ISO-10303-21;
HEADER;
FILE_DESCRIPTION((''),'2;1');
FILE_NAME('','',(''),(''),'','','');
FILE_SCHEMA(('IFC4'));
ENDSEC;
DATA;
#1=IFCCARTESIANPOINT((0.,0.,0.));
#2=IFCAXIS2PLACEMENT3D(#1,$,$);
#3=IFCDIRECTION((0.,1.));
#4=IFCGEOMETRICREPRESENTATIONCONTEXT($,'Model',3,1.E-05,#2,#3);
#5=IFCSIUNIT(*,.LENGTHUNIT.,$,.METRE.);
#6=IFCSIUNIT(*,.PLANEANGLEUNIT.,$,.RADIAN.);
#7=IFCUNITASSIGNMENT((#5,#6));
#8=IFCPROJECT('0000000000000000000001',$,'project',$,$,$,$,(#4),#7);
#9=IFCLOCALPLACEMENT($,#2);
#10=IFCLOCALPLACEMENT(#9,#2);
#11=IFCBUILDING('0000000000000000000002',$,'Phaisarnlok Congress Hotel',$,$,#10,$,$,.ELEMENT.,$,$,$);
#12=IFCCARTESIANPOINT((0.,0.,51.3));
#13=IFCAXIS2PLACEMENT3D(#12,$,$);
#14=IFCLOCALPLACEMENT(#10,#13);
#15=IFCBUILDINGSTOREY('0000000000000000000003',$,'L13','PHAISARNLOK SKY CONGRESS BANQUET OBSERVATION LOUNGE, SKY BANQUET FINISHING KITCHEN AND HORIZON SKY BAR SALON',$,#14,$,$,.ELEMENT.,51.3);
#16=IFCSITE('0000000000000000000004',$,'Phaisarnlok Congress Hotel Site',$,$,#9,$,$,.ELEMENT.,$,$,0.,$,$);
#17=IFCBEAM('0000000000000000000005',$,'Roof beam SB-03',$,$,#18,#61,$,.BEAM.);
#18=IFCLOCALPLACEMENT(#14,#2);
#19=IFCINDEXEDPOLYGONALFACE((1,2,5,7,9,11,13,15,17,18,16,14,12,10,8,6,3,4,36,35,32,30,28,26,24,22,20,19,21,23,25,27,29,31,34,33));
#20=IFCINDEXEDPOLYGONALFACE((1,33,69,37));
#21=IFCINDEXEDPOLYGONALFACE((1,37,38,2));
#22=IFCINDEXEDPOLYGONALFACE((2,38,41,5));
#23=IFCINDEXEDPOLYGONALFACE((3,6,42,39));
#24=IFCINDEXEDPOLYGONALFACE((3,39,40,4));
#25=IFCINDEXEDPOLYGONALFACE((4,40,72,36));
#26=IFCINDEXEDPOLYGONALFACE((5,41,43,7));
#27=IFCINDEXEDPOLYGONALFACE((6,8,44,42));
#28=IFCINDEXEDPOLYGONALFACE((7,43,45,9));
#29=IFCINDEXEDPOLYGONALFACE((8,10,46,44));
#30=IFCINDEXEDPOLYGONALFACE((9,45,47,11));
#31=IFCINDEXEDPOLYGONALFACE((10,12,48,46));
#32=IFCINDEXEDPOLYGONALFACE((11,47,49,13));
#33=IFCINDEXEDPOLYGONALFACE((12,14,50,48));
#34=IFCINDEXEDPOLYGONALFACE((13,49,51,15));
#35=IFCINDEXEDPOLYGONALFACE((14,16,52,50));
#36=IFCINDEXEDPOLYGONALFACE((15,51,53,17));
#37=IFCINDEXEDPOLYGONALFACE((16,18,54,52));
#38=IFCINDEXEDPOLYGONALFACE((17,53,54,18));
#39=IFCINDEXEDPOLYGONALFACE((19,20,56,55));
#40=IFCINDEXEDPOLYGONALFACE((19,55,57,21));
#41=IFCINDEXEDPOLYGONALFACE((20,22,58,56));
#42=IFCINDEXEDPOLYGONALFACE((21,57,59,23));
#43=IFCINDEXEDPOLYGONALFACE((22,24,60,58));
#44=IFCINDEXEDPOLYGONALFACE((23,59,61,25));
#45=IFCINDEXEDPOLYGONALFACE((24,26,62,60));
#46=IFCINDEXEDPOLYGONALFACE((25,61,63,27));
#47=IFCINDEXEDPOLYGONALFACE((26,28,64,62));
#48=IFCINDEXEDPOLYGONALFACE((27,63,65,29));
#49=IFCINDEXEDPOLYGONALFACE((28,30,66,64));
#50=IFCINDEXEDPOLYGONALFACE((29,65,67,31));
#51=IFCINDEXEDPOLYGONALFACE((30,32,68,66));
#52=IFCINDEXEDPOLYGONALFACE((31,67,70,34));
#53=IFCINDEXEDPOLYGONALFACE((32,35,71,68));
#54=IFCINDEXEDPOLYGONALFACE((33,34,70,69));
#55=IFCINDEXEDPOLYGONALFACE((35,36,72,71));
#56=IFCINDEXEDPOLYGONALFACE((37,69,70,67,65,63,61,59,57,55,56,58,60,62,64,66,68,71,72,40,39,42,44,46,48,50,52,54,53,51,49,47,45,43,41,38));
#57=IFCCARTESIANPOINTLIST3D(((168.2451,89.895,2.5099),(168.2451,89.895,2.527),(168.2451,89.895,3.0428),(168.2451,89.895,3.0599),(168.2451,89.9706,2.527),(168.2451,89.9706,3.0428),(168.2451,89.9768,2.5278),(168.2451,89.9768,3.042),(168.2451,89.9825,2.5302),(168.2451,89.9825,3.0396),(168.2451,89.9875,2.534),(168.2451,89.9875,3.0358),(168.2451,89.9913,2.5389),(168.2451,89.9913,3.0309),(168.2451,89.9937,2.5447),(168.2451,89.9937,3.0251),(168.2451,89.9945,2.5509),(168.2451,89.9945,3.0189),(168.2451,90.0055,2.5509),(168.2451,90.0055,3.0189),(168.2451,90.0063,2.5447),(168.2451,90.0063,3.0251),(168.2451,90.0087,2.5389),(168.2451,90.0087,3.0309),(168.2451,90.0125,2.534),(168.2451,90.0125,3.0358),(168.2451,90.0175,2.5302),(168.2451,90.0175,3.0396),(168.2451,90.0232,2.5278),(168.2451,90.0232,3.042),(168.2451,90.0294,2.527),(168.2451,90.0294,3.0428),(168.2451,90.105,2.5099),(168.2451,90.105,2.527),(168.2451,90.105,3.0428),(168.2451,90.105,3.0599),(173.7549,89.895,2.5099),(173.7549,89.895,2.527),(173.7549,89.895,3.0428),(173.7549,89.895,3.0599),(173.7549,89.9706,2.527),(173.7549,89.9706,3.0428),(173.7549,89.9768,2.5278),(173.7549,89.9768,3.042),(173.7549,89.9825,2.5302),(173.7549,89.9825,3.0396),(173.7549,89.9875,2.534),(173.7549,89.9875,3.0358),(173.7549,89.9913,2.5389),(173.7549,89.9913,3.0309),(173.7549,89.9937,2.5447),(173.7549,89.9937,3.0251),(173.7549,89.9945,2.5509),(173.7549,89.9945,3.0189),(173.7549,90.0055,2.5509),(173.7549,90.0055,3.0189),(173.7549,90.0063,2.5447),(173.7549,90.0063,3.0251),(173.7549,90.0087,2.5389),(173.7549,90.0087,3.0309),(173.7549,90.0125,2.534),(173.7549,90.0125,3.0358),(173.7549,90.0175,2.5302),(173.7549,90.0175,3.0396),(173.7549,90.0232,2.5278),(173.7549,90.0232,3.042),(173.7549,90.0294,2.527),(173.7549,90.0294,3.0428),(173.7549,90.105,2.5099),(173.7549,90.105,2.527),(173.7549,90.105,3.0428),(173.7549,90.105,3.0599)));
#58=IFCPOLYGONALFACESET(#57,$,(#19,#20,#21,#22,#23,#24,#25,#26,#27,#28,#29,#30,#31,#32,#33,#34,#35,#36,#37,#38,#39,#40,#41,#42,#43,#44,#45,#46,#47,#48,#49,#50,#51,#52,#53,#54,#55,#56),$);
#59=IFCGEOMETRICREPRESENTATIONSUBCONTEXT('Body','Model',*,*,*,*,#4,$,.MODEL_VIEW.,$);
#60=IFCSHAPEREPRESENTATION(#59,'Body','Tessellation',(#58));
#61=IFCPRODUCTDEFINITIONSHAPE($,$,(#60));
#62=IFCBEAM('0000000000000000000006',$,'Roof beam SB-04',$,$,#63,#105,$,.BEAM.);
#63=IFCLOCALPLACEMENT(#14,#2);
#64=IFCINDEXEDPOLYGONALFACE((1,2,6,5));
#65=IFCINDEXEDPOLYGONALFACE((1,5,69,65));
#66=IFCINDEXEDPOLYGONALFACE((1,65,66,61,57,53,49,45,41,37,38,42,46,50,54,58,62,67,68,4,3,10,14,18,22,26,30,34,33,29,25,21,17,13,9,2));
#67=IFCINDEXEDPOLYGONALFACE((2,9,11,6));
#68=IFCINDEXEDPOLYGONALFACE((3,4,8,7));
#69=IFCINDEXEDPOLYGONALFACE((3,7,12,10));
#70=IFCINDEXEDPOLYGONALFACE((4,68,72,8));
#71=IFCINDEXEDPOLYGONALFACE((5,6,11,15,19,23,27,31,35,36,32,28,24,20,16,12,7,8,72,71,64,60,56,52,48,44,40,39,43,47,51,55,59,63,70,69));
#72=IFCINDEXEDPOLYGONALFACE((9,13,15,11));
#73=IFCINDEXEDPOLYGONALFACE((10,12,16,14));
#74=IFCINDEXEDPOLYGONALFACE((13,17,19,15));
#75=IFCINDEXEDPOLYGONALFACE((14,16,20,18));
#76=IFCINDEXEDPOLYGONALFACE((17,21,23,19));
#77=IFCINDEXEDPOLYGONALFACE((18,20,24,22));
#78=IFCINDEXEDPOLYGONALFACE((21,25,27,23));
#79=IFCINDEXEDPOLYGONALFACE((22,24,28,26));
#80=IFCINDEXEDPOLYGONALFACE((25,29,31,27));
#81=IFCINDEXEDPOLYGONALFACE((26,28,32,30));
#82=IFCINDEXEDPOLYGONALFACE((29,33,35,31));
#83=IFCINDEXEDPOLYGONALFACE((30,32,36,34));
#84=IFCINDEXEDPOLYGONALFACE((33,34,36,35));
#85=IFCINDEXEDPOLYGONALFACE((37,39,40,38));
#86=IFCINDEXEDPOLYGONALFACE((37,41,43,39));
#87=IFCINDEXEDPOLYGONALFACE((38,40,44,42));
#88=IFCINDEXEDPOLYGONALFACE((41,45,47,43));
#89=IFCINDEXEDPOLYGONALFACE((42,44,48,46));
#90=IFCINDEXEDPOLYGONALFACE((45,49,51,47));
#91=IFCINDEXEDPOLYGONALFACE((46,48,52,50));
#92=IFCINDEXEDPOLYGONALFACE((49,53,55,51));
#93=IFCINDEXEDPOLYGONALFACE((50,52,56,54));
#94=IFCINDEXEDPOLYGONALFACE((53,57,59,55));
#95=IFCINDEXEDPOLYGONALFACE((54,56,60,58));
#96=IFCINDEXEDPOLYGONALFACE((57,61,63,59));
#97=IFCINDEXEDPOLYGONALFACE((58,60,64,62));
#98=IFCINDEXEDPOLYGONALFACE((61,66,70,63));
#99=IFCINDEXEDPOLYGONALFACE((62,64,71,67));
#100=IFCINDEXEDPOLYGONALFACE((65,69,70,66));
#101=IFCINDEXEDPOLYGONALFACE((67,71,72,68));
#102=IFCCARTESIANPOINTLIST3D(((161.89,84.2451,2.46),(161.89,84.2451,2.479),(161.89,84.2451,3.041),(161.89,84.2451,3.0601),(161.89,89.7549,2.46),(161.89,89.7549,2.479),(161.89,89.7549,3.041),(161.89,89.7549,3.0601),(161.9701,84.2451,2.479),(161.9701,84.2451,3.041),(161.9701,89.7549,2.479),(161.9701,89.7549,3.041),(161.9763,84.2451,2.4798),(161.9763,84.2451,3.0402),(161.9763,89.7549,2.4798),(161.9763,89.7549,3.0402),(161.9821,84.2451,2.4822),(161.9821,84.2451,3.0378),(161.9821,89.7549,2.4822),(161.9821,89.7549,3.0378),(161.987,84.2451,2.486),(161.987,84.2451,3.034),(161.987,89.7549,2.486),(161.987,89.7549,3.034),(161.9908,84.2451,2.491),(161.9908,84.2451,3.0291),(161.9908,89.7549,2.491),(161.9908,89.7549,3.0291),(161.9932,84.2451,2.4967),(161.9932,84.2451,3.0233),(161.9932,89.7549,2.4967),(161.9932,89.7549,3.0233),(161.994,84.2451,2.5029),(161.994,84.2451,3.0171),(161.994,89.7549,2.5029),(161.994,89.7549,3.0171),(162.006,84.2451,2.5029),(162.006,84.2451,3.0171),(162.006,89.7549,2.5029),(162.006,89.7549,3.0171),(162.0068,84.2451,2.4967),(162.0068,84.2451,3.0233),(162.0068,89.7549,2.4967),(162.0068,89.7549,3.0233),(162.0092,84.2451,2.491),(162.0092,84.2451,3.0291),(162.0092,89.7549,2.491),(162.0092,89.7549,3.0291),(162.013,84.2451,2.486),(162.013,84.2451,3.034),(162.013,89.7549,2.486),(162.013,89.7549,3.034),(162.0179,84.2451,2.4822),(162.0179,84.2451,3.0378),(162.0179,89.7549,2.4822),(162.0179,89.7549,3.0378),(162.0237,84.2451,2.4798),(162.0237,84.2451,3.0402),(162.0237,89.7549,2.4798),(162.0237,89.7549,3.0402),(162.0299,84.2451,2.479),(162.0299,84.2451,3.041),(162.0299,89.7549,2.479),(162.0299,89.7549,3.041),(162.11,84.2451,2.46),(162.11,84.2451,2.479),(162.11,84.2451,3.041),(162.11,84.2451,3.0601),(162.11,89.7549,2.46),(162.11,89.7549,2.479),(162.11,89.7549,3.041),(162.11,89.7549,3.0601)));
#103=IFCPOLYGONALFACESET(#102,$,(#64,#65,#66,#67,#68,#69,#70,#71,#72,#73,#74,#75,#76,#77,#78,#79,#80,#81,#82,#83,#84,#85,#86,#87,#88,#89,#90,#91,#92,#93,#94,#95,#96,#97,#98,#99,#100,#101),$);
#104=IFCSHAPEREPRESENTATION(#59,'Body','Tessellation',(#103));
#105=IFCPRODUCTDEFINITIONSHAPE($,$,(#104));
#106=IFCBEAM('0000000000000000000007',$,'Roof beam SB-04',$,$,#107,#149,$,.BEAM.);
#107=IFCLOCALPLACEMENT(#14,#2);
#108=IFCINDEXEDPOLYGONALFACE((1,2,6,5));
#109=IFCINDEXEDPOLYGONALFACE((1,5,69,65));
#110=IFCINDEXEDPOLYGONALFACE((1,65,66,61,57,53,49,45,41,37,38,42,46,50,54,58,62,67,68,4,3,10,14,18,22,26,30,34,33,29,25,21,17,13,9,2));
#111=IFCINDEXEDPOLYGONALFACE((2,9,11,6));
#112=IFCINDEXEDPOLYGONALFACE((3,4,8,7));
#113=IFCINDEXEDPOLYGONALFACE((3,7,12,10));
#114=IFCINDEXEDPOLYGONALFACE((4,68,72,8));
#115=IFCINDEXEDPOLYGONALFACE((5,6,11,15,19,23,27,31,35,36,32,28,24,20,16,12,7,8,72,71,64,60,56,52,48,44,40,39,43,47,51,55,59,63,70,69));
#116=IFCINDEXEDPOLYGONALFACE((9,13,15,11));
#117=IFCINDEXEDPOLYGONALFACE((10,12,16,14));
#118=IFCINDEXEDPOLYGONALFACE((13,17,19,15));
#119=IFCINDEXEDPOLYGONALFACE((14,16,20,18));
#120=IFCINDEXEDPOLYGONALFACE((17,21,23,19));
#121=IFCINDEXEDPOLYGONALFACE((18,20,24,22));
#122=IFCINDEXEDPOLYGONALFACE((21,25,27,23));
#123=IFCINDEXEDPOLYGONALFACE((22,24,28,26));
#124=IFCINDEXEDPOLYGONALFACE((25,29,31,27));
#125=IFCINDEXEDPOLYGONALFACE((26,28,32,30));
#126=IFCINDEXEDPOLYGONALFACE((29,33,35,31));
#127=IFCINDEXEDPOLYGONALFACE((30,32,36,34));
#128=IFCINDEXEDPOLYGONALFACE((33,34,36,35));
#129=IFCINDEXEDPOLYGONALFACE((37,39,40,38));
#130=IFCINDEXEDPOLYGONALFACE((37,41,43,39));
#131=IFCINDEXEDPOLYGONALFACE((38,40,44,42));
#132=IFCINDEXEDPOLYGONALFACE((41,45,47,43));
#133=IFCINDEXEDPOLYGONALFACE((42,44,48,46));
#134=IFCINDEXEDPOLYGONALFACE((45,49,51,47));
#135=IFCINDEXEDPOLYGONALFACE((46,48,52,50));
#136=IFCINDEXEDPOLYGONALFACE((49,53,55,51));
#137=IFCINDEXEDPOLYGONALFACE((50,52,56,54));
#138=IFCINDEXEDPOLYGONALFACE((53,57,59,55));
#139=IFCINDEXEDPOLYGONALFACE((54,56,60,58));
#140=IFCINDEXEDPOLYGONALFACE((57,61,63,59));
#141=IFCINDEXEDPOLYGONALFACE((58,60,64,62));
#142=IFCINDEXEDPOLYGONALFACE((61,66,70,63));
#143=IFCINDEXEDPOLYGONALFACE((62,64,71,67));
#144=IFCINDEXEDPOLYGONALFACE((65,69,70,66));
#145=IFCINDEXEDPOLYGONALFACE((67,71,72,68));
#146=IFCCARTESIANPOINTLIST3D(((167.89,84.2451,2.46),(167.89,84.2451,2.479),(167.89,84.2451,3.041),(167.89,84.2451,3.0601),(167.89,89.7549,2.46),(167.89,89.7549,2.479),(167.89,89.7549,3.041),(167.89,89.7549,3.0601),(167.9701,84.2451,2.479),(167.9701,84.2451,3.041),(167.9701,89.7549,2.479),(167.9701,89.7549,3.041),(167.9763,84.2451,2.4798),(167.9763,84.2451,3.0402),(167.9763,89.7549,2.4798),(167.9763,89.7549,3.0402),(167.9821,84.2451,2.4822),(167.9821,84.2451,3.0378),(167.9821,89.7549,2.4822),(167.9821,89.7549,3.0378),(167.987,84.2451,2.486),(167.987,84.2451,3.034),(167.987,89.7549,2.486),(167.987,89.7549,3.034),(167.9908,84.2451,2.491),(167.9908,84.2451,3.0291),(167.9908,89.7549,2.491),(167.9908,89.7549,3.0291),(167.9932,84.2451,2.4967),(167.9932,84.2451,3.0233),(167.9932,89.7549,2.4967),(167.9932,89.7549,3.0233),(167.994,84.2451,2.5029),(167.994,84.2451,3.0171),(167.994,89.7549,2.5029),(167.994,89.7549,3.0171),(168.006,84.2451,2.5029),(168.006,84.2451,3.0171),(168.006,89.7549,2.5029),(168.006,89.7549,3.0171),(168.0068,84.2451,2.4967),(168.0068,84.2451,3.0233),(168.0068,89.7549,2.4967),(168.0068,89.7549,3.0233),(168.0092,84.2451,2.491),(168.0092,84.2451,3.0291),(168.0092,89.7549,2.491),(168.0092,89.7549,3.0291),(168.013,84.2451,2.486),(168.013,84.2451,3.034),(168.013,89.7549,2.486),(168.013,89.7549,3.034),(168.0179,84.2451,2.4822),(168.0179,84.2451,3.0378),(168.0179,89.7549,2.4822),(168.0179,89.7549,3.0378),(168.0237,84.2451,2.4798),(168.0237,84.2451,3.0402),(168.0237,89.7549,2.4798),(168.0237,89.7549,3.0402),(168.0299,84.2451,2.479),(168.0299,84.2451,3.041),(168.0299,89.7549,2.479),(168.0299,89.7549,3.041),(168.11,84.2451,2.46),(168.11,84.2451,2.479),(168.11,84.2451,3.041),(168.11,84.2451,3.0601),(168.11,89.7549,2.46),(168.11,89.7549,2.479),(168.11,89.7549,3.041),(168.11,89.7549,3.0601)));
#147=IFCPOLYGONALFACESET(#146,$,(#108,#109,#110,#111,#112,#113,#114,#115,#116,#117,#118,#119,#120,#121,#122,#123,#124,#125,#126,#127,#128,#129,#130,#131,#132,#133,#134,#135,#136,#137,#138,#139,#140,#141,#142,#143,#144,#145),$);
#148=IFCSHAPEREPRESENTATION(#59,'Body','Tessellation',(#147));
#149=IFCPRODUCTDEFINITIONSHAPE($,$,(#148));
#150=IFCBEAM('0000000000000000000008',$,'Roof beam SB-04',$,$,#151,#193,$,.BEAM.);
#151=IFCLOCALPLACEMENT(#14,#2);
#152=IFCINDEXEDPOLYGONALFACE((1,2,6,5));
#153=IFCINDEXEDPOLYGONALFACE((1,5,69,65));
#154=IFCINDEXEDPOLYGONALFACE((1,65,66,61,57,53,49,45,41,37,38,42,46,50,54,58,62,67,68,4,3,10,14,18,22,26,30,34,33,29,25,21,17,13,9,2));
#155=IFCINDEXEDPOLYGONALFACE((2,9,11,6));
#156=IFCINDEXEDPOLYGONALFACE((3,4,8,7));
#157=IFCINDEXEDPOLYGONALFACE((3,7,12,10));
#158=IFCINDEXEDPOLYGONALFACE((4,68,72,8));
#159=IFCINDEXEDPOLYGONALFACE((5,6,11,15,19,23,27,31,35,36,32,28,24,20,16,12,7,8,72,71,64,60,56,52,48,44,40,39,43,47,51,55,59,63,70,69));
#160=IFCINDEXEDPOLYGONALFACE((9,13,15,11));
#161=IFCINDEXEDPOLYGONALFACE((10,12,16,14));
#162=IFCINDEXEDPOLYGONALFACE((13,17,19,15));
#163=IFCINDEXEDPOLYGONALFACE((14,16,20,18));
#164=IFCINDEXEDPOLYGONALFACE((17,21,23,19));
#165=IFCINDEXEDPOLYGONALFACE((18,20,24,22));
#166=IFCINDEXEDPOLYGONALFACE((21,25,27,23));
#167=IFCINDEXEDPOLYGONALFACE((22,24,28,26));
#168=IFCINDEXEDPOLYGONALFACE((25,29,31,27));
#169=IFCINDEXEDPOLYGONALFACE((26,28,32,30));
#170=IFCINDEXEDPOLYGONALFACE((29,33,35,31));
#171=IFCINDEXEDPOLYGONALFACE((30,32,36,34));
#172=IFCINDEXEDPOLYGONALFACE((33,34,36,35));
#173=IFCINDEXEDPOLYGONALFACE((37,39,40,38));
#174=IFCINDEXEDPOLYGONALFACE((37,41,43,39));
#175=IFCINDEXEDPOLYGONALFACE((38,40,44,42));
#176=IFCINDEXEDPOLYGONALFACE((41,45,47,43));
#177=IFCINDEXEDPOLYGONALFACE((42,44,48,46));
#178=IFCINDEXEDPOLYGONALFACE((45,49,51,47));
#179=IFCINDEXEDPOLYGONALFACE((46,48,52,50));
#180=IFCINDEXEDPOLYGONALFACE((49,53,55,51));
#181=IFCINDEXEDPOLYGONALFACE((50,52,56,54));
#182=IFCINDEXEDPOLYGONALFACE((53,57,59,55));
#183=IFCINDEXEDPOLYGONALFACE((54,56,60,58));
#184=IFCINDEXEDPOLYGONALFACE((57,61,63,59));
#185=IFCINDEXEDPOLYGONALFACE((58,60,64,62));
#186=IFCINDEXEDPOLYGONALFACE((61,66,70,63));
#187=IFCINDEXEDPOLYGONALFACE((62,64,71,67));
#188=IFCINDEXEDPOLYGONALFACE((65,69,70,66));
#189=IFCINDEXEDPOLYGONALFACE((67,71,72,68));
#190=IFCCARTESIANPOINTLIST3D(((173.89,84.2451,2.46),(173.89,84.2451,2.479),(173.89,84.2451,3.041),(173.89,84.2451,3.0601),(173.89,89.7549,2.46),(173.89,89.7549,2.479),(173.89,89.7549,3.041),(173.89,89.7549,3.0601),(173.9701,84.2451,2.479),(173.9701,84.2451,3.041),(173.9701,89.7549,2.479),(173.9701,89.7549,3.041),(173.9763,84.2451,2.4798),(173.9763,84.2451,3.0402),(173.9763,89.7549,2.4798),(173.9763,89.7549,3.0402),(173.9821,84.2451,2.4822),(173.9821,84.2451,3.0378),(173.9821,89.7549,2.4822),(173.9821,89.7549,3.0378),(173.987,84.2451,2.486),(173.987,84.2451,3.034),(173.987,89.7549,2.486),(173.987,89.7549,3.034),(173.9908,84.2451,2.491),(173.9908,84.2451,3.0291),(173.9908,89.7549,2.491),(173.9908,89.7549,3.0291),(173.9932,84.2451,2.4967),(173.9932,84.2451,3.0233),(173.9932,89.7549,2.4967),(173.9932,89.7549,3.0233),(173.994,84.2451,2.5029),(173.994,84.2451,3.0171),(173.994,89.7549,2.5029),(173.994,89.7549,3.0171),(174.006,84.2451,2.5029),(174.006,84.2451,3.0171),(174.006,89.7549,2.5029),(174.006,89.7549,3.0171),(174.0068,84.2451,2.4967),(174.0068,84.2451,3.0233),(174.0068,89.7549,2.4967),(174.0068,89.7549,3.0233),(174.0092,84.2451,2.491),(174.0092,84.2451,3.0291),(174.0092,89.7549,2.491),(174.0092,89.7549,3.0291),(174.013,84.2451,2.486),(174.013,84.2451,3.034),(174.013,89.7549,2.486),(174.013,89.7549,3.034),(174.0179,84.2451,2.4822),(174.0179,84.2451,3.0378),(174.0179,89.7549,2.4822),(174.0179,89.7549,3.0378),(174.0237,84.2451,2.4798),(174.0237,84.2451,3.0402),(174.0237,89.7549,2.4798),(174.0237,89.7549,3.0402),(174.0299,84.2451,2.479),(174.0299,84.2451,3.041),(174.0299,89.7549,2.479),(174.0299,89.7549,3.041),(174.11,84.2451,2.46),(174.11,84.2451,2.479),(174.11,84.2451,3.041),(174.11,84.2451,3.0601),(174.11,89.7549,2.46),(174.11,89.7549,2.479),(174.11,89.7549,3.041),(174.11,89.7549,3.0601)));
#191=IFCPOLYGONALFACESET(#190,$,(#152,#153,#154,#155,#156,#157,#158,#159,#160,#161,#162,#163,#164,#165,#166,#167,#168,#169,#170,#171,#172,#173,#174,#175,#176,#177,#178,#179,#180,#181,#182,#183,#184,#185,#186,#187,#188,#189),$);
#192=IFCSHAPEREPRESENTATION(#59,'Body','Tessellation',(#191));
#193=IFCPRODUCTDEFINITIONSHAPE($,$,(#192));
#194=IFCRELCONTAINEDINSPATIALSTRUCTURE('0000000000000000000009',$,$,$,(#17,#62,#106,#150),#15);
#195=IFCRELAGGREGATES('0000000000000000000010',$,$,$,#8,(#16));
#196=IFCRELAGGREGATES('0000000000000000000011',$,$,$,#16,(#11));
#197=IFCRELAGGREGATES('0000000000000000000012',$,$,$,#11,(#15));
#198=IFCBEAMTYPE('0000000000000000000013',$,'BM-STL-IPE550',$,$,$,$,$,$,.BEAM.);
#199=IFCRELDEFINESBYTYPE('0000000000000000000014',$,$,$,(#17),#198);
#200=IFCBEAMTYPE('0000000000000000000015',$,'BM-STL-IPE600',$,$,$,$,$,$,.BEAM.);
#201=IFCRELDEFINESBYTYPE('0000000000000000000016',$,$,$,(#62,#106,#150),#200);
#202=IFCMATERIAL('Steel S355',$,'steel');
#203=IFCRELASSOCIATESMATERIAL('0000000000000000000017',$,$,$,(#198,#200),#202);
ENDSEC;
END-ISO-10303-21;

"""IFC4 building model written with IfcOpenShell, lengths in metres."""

from ifc_helpers import new_model, si_unit, direction, frame, origin, origin_2d, place, context, subcontext, project, spatial, i_section, extrude, material, material_profile, profile_set, type_object, element, save


model = new_model("IFC4")

# Units and contexts
model_context = context("Model", 3, precision=1e-05, world=origin(), true_north=direction((0.0, 1.0)))
body_context = subcontext(model_context, "Body", "Model", "MODEL_VIEW")
ifc_project = project(units=[si_unit("LENGTHUNIT", "METRE"), si_unit("PLANEANGLEUNIT", "RADIAN")], contexts=[model_context])

# Site, building, storey
site_placement = place(None, origin())
site = spatial("IfcSite", under=ifc_project, at=site_placement, Name="Phaisarnlok Congress Hotel Site", CompositionType="ELEMENT", RefElevation=0.0)
building_placement = place(site_placement, origin())
building = spatial("IfcBuilding", under=site, at=building_placement, Name="Phaisarnlok Congress Hotel", CompositionType="ELEMENT")
storey_placement = place(building_placement, frame((0.0, 0.0, 51.3)))
storey = spatial("IfcBuildingStorey", under=building, at=storey_placement, Name="L13", Description="PHAISARNLOK SKY CONGRESS BANQUET OBSERVATION LOUNGE, SKY BANQUET FINISHING KITCHEN AND HORIZON SKY BAR SALON", CompositionType="ELEMENT", Elevation=51.3)

# Beams
ifc_material_1 = material(Name="Steel S355", Category="steel")
ifc_material_profile_1 = material_profile(ifc_material_1, i_section(OverallWidth=0.21, OverallDepth=0.55, WebThickness=0.011, FlangeThickness=0.0171, FilletRadius=0.0239, at=origin_2d()), Name="IPE 550")
ifc_profile_set_1 = profile_set([ifc_material_profile_1], Name="Steel S355")
beam_type_1 = type_object("IfcBeamType", Name="BM-STL-IPE550", PredefinedType="BEAM", material=ifc_profile_set_1)
beam_1_placement = place(storey_placement, frame((168.2451, 90.0, 2.7849), z_axis=(1.0, 0.0, 0.0), x_axis=(0.0, 1.0, 0.0)))
element("IfcBeam", 1, at=beam_1_placement, inside=storey, type_object=beam_type_1, Name="Roof beam SB-03", PredefinedType="BEAM", context=body_context, shape_type="SweptSolid", body=[
    extrude(i_section(OverallWidth=0.21, OverallDepth=0.55, WebThickness=0.011, FlangeThickness=0.0171, FilletRadius=0.0239, at=origin_2d()), origin(), (0.0, 0.0, 1.0), 5.5098),
])
ifc_material_profile_2 = material_profile(ifc_material_1, i_section(OverallWidth=0.22, OverallDepth=0.6001, WebThickness=0.012, FlangeThickness=0.019, FilletRadius=0.0239, at=origin_2d()), Name="IPE 600")
ifc_profile_set_2 = profile_set([ifc_material_profile_2], Name="Steel S355")
beam_type_2 = type_object("IfcBeamType", Name="BM-STL-IPE600", PredefinedType="BEAM", material=ifc_profile_set_2)
for number, where, z_axis, x_axis, name in (
    (2, (162.0, 84.2451, 2.76), (0.0, 1.0, 0.0), (-1.0, 0.0, 0.0), "Roof beam SB-04"),
    (3, (168.0, 84.2451, 2.76), (0.0, 1.0, 0.0), (-1.0, 0.0, 0.0), "Roof beam SB-04"),
    (4, (174.0, 84.2451, 2.76), (0.0, 1.0, 0.0), (-1.0, 0.0, 0.0), "Roof beam SB-04"),
):
    element("IfcBeam", number, at=place(storey_placement, frame(where, z_axis=z_axis, x_axis=x_axis)), inside=storey, type_object=beam_type_2, Name=name, PredefinedType="BEAM", context=body_context, shape_type="SweptSolid", body=[
        extrude(i_section(OverallWidth=0.22, OverallDepth=0.6001, WebThickness=0.012, FlangeThickness=0.019, FilletRadius=0.0239, at=origin_2d()), origin(), (0.0, 0.0, 1.0), 5.5098),
    ])

save(model, "model.ifc")
